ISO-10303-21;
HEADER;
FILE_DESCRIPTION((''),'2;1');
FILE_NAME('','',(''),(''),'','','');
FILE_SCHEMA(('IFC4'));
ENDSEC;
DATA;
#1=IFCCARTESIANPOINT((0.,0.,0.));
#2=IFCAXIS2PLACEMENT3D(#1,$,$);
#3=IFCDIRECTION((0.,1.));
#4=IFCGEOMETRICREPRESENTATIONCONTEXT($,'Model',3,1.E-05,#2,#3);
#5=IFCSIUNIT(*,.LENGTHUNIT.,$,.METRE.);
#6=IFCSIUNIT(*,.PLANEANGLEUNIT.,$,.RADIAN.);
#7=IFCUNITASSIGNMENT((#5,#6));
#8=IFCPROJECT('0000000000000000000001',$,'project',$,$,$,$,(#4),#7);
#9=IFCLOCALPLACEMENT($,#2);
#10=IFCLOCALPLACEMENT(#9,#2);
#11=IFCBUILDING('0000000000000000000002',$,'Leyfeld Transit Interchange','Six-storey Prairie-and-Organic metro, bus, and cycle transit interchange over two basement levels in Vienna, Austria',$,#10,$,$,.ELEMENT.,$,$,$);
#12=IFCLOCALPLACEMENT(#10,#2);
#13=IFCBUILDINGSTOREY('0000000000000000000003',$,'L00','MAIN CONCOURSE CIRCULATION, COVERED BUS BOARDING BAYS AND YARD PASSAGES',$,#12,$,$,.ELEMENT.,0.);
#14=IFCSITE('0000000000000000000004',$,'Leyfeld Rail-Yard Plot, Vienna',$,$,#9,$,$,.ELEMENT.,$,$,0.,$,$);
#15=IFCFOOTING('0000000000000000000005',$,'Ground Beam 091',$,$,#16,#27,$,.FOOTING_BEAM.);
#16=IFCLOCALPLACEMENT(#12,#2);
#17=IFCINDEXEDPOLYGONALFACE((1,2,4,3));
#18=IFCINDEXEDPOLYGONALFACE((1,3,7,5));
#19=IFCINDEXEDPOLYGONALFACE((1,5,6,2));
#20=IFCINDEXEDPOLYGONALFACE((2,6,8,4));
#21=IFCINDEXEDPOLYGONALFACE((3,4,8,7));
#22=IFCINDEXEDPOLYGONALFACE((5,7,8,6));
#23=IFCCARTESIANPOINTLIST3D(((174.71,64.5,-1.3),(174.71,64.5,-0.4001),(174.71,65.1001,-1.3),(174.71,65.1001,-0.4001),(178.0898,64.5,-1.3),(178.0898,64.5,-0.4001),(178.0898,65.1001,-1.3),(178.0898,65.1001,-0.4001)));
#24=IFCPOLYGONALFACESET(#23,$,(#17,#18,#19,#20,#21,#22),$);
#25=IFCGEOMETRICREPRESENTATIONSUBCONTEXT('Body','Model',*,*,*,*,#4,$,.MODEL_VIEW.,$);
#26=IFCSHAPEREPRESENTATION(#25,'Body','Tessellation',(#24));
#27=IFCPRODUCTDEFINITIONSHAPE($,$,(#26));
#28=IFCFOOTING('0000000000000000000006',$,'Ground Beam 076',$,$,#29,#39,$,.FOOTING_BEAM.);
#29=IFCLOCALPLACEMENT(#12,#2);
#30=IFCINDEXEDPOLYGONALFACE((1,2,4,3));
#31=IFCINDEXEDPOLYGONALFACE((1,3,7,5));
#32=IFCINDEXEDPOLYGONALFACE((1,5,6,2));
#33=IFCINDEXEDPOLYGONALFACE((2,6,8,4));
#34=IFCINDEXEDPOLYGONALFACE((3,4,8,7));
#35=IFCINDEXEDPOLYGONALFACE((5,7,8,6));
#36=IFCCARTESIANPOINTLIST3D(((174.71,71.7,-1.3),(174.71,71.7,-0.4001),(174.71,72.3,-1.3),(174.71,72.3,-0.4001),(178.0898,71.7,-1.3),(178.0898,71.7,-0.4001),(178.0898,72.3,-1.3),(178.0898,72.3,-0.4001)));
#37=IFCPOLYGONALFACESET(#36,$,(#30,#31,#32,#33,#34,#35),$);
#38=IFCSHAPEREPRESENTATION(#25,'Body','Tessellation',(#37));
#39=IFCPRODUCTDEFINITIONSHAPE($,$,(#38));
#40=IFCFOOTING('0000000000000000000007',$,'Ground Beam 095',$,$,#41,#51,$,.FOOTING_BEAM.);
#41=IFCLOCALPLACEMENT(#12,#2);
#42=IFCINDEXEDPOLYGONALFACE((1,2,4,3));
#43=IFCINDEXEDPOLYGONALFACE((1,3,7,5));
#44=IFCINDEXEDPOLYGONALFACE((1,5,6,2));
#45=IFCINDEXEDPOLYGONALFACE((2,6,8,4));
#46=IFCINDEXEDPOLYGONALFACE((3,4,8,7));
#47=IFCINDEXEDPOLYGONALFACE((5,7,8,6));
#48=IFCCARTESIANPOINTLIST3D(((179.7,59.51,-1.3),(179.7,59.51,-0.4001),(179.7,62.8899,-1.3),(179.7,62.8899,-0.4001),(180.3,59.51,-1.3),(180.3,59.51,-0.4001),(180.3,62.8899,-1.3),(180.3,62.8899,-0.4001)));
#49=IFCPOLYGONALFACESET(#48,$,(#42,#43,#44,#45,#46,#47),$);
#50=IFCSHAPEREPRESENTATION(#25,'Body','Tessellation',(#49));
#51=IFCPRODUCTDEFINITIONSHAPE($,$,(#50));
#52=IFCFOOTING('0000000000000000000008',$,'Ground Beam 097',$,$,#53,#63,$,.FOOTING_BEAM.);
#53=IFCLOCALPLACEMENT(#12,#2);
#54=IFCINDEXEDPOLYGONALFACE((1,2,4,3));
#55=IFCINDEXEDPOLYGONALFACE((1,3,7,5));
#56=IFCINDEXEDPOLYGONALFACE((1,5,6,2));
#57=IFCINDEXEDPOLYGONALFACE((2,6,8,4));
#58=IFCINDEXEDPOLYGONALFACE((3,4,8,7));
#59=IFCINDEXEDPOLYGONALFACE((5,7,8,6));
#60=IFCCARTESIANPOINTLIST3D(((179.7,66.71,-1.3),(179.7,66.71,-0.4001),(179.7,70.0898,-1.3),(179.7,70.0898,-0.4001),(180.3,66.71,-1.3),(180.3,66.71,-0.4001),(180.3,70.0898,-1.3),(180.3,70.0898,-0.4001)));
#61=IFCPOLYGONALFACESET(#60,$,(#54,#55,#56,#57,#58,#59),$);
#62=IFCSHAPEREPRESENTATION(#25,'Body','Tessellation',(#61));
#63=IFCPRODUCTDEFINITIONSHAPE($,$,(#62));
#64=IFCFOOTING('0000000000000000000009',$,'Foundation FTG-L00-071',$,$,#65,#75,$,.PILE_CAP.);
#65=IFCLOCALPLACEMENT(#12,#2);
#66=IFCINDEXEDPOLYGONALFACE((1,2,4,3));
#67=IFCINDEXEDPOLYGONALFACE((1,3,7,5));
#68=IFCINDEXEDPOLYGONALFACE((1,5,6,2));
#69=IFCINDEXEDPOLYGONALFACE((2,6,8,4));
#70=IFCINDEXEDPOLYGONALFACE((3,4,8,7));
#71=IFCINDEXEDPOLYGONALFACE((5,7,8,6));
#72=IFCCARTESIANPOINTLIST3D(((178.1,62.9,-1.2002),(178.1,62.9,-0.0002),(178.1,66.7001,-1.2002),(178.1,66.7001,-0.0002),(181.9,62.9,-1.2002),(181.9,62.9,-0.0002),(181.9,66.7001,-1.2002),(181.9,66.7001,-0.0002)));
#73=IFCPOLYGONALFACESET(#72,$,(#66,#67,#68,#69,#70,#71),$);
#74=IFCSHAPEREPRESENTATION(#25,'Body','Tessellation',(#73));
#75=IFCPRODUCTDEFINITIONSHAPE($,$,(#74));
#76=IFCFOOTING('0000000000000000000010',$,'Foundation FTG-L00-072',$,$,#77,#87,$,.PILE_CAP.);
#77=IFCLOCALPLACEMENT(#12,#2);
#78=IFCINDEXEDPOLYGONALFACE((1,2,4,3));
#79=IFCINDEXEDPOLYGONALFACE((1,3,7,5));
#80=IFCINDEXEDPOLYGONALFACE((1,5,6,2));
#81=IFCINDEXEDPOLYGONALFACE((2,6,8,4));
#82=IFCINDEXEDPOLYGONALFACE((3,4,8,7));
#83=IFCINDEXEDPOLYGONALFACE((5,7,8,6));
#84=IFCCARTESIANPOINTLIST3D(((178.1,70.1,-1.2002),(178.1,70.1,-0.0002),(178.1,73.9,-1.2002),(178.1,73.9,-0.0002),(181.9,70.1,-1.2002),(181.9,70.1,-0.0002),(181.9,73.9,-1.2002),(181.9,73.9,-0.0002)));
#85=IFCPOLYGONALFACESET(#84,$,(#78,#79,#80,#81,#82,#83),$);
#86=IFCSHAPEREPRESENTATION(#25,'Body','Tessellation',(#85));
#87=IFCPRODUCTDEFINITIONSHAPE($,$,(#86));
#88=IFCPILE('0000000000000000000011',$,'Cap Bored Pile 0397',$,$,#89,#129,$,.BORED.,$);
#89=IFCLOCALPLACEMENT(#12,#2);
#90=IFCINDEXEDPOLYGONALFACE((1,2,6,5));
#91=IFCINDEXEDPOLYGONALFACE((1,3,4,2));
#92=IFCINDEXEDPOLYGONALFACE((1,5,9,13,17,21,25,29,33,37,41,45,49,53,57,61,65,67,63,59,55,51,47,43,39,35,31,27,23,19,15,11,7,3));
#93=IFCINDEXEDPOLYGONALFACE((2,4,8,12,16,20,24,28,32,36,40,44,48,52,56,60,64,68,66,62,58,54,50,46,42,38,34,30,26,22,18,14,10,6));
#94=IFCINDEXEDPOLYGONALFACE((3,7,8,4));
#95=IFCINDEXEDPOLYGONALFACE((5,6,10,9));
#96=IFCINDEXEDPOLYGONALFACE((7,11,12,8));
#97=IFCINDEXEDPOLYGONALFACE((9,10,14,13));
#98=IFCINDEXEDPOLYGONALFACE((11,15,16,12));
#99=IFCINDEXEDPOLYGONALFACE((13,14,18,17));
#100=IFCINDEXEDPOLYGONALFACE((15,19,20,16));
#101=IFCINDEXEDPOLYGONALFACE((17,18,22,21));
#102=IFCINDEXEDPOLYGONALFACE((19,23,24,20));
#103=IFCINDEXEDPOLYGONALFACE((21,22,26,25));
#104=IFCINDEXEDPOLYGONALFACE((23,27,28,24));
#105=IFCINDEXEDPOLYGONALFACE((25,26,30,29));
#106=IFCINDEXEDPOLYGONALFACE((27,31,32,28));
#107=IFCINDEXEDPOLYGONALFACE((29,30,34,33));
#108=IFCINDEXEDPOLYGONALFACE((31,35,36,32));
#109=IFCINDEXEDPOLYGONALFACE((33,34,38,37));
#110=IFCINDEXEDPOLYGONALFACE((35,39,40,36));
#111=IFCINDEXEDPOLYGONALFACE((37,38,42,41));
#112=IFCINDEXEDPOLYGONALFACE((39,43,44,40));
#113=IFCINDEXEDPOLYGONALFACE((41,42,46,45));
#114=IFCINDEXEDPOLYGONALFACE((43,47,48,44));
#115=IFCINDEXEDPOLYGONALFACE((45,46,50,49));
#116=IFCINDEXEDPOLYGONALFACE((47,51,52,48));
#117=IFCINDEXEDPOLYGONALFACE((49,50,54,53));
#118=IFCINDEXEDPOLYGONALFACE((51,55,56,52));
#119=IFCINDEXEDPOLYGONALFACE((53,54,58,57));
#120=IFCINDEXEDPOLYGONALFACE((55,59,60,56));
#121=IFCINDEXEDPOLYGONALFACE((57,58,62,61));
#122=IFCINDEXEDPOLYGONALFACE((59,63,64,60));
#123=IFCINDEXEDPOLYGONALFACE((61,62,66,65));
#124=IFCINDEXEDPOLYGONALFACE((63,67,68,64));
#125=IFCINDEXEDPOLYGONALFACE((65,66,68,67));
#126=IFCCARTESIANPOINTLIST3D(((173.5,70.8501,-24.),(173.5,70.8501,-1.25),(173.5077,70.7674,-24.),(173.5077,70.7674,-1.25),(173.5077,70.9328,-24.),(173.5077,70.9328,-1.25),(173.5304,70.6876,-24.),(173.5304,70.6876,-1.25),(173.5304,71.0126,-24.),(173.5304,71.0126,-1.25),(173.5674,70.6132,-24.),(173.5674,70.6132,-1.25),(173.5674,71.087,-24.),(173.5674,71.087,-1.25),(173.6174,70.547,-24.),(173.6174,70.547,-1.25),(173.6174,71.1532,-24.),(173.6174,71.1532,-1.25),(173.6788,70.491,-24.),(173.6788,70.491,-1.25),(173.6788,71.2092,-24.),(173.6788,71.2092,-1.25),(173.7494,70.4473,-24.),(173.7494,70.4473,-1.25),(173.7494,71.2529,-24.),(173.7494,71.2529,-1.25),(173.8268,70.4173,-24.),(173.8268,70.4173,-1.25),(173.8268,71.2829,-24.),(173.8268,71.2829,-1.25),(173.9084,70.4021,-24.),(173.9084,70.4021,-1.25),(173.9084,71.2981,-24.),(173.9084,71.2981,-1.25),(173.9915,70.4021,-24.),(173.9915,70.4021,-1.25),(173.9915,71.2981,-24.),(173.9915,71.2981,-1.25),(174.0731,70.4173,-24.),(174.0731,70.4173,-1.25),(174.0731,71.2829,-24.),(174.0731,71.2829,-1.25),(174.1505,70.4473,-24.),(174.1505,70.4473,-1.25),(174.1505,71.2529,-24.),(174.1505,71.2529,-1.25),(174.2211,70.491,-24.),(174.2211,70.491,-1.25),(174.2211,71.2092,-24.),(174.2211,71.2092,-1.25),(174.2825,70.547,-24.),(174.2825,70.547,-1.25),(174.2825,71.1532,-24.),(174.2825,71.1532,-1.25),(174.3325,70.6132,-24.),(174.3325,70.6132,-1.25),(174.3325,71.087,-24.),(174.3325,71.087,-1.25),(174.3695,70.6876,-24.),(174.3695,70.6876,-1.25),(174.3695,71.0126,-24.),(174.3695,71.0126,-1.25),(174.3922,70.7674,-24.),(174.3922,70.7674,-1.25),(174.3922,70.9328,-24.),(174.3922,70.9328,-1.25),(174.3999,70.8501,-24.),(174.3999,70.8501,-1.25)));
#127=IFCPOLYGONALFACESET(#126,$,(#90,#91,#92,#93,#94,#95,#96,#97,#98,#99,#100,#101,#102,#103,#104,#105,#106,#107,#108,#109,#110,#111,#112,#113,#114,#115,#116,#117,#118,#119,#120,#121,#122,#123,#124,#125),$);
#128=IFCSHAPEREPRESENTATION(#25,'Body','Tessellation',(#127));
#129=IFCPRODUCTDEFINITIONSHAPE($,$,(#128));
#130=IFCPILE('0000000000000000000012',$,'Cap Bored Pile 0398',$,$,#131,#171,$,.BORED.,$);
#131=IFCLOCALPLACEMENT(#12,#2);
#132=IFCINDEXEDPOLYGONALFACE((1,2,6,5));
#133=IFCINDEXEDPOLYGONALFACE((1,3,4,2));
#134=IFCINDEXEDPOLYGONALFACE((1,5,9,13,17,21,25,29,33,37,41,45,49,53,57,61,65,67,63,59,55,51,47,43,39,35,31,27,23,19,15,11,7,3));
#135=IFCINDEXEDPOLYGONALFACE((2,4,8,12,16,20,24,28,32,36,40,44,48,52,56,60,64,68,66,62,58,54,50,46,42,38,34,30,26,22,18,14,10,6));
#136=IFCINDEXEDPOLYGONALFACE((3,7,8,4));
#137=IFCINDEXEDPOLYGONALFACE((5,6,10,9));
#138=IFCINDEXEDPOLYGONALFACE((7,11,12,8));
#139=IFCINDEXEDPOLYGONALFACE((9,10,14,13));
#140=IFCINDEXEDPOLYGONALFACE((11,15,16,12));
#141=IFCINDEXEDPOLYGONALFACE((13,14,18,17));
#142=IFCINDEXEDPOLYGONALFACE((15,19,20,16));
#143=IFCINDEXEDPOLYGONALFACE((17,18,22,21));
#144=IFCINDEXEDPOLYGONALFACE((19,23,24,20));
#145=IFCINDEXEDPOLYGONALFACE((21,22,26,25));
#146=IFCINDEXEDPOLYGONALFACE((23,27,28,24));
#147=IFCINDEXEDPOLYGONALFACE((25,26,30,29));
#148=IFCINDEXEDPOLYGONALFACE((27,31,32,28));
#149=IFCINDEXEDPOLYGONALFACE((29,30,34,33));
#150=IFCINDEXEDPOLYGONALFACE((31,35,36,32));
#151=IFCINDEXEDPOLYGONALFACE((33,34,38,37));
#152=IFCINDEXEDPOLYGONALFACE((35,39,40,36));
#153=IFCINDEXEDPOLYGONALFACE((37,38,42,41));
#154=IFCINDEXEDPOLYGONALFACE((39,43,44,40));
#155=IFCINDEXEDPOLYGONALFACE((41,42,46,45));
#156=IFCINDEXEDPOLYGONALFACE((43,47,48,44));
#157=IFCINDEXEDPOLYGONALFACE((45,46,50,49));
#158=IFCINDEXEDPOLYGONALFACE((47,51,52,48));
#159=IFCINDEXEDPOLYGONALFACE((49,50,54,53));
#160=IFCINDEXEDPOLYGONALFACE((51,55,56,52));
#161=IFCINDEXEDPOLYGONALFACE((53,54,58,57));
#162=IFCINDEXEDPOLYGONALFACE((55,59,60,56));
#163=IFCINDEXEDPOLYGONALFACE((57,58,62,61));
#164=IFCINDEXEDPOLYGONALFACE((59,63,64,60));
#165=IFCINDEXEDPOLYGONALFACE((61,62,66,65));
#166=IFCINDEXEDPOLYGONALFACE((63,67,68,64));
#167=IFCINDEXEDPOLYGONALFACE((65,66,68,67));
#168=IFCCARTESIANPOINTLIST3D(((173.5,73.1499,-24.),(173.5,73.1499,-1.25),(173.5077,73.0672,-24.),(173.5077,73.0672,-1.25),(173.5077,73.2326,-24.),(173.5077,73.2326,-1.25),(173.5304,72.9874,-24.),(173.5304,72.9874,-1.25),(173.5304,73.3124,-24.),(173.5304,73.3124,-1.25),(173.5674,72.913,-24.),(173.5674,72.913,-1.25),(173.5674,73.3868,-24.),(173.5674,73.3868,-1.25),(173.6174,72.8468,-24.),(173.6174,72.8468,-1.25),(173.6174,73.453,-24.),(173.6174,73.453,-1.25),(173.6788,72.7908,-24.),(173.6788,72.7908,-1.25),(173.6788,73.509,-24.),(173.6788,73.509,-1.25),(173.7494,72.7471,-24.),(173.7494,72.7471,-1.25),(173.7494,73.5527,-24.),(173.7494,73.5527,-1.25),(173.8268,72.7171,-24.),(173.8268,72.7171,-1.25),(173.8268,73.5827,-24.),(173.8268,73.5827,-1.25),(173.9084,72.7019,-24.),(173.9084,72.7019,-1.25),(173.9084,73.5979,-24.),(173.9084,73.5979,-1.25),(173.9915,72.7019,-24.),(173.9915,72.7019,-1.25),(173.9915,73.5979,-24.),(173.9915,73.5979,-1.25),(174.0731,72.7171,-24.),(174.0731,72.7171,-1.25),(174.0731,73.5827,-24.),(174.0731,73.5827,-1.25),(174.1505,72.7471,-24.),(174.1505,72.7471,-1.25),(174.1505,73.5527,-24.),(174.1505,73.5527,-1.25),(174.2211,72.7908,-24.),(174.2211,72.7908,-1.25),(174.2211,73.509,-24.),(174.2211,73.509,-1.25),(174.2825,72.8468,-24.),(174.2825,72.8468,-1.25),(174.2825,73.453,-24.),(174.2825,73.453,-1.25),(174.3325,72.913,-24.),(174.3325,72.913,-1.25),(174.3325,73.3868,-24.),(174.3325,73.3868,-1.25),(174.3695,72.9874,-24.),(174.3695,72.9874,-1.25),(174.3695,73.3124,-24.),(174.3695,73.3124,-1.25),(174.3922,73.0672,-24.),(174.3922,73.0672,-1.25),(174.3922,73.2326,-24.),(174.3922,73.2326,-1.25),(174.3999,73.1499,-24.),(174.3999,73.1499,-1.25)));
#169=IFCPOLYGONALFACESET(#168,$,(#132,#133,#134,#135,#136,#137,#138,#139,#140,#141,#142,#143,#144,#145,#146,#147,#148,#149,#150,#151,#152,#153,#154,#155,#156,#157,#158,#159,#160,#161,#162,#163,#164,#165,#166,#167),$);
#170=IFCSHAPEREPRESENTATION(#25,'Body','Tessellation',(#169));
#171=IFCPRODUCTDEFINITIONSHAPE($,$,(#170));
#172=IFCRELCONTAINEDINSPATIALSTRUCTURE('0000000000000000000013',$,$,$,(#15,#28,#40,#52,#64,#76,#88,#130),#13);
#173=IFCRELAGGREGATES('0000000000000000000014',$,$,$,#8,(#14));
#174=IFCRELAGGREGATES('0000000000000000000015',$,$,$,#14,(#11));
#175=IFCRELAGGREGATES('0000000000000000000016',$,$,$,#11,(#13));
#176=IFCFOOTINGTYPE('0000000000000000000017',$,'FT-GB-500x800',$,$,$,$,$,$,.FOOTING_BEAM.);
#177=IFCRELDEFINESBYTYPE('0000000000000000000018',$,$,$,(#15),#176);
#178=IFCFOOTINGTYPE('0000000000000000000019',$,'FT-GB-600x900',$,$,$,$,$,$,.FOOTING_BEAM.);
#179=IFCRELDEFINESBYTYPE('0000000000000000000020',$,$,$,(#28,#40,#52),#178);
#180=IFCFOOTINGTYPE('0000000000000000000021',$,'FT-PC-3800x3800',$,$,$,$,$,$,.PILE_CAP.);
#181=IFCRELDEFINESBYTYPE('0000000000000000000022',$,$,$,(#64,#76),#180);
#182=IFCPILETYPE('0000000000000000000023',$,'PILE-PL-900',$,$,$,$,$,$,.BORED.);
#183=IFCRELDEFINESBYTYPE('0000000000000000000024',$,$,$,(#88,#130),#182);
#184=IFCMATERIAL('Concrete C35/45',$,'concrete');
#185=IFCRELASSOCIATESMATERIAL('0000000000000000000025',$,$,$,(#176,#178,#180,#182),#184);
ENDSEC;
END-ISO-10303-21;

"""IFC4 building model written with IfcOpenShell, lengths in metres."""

from ifc_helpers import new_model, si_unit, direction, frame, origin, origin_2d, place, context, subcontext, project, spatial, rectangle, circle, extrude, material, material_profile, profile_set, type_object, element, save


model = new_model("IFC4")

# Units and contexts
model_context = context("Model", 3, precision=1e-05, world=origin(), true_north=direction((0.0, 1.0)))
body_context = subcontext(model_context, "Body", "Model", "MODEL_VIEW")
ifc_project = project(units=[si_unit("LENGTHUNIT", "METRE"), si_unit("PLANEANGLEUNIT", "RADIAN")], contexts=[model_context])

# Site, building, storey
site_placement = place(None, origin())
site = spatial("IfcSite", under=ifc_project, at=site_placement, Name="Leyfeld Rail-Yard Plot, Vienna", CompositionType="ELEMENT", RefElevation=0.0)
building_placement = place(site_placement, origin())
building = spatial("IfcBuilding", under=site, at=building_placement, Name="Leyfeld Transit Interchange", Description="Six-storey Prairie-and-Organic metro, bus, and cycle transit interchange over two basement levels in Vienna, Austria", CompositionType="ELEMENT")
storey_placement = place(building_placement, origin())
storey = spatial("IfcBuildingStorey", under=building, at=storey_placement, Name="L00", Description="MAIN CONCOURSE CIRCULATION, COVERED BUS BOARDING BAYS AND YARD PASSAGES", CompositionType="ELEMENT", Elevation=0.0)

# Footings
ifc_material_1 = material(Name="Concrete C35/45", Category="concrete")
footing_type_1 = type_object("IfcFootingType", Name="FT-GB-500x800", PredefinedType="FOOTING_BEAM", material=ifc_material_1)
footing_1_placement = place(storey_placement, frame((176.3999, 64.8, -1.3), z_axis=(0.0, 0.0, 1.0), x_axis=(1.0, 0.0, 0.0)))
element("IfcFooting", 1, at=footing_1_placement, inside=storey, type_object=footing_type_1, Name="Ground Beam 091", PredefinedType="FOOTING_BEAM", context=body_context, shape_type="SweptSolid", body=[
    extrude(rectangle(XDim=3.3799, YDim=0.6001, at=origin_2d()), origin(), (0.0, 0.0, 1.0), 0.8999),
])
footing_type_2 = type_object("IfcFootingType", Name="FT-GB-600x900", PredefinedType="FOOTING_BEAM", material=ifc_material_1)
footing_2_placement = place(storey_placement, frame((176.3999, 72.0, -1.3), z_axis=(0.0, 0.0, 1.0), x_axis=(1.0, 0.0, 0.0)))
element("IfcFooting", 2, at=footing_2_placement, inside=storey, type_object=footing_type_2, Name="Ground Beam 076", PredefinedType="FOOTING_BEAM", context=body_context, shape_type="SweptSolid", body=[
    extrude(rectangle(XDim=3.3799, YDim=0.6001, at=origin_2d()), origin(), (0.0, 0.0, 1.0), 0.8999),
])
for number, where, z_axis, x_axis, name in (
    (3, (180.0, 61.2, -1.3), (0.0, 0.0, 1.0), (1.0, 0.0, 0.0), "Ground Beam 095"),
    (4, (180.0, 68.3999, -1.3), (0.0, 0.0, 1.0), (1.0, 0.0, 0.0), "Ground Beam 097"),
):
    element("IfcFooting", number, at=place(storey_placement, frame(where, z_axis=z_axis, x_axis=x_axis)), inside=storey, type_object=footing_type_2, Name=name, PredefinedType="FOOTING_BEAM", context=body_context, shape_type="SweptSolid", body=[
        extrude(rectangle(XDim=0.6001, YDim=3.3799, at=origin_2d()), origin(), (0.0, 0.0, 1.0), 0.8999),
    ])
footing_type_3 = type_object("IfcFootingType", Name="FT-PC-3800x3800", PredefinedType="PILE_CAP", material=ifc_material_1)
for number, where, z_axis, x_axis, name in (
    (5, (180.0, 64.8, -1.2002), (0.0, 0.0, 1.0), (1.0, 0.0, 0.0), "Foundation FTG-L00-071"),
    (6, (180.0, 72.0, -1.2002), (0.0, 0.0, 1.0), (1.0, 0.0, 0.0), "Foundation FTG-L00-072"),
):
    element("IfcFooting", number, at=place(storey_placement, frame(where, z_axis=z_axis, x_axis=x_axis)), inside=storey, type_object=footing_type_3, Name=name, PredefinedType="PILE_CAP", context=body_context, shape_type="SweptSolid", body=[
        extrude(rectangle(XDim=3.8, YDim=3.8, at=origin_2d()), origin(), (0.0, 0.0, 1.0), 1.2),
    ])

# Piles
ifc_material_profile_1 = material_profile(ifc_material_1, circle(Radius=0.45, at=origin_2d()), Name="PILE D900")
ifc_profile_set_1 = profile_set([ifc_material_profile_1], Name="Concrete C35/45")
pile_type = type_object("IfcPileType", Name="PILE-PL-900", PredefinedType="BORED", material=ifc_profile_set_1)
for number, where, z_axis, x_axis, name in (
    (7, (173.95, 70.8501, -1.25), (0.0, 0.0, -1.0), (1.0, 0.0, 0.0), "Cap Bored Pile 0397"),
    (8, (173.95, 73.1499, -1.25), (0.0, 0.0, -1.0), (1.0, 0.0, 0.0), "Cap Bored Pile 0398"),
):
    element("IfcPile", number, at=place(storey_placement, frame(where, z_axis=z_axis, x_axis=x_axis)), inside=storey, type_object=pile_type, Name=name, PredefinedType="BORED", context=body_context, shape_type="SweptSolid", body=[
        extrude(circle(Radius=0.45, at=origin_2d()), origin(), (0.0, 0.0, 1.0), 22.75),
    ])

save(model, "model.ifc")
